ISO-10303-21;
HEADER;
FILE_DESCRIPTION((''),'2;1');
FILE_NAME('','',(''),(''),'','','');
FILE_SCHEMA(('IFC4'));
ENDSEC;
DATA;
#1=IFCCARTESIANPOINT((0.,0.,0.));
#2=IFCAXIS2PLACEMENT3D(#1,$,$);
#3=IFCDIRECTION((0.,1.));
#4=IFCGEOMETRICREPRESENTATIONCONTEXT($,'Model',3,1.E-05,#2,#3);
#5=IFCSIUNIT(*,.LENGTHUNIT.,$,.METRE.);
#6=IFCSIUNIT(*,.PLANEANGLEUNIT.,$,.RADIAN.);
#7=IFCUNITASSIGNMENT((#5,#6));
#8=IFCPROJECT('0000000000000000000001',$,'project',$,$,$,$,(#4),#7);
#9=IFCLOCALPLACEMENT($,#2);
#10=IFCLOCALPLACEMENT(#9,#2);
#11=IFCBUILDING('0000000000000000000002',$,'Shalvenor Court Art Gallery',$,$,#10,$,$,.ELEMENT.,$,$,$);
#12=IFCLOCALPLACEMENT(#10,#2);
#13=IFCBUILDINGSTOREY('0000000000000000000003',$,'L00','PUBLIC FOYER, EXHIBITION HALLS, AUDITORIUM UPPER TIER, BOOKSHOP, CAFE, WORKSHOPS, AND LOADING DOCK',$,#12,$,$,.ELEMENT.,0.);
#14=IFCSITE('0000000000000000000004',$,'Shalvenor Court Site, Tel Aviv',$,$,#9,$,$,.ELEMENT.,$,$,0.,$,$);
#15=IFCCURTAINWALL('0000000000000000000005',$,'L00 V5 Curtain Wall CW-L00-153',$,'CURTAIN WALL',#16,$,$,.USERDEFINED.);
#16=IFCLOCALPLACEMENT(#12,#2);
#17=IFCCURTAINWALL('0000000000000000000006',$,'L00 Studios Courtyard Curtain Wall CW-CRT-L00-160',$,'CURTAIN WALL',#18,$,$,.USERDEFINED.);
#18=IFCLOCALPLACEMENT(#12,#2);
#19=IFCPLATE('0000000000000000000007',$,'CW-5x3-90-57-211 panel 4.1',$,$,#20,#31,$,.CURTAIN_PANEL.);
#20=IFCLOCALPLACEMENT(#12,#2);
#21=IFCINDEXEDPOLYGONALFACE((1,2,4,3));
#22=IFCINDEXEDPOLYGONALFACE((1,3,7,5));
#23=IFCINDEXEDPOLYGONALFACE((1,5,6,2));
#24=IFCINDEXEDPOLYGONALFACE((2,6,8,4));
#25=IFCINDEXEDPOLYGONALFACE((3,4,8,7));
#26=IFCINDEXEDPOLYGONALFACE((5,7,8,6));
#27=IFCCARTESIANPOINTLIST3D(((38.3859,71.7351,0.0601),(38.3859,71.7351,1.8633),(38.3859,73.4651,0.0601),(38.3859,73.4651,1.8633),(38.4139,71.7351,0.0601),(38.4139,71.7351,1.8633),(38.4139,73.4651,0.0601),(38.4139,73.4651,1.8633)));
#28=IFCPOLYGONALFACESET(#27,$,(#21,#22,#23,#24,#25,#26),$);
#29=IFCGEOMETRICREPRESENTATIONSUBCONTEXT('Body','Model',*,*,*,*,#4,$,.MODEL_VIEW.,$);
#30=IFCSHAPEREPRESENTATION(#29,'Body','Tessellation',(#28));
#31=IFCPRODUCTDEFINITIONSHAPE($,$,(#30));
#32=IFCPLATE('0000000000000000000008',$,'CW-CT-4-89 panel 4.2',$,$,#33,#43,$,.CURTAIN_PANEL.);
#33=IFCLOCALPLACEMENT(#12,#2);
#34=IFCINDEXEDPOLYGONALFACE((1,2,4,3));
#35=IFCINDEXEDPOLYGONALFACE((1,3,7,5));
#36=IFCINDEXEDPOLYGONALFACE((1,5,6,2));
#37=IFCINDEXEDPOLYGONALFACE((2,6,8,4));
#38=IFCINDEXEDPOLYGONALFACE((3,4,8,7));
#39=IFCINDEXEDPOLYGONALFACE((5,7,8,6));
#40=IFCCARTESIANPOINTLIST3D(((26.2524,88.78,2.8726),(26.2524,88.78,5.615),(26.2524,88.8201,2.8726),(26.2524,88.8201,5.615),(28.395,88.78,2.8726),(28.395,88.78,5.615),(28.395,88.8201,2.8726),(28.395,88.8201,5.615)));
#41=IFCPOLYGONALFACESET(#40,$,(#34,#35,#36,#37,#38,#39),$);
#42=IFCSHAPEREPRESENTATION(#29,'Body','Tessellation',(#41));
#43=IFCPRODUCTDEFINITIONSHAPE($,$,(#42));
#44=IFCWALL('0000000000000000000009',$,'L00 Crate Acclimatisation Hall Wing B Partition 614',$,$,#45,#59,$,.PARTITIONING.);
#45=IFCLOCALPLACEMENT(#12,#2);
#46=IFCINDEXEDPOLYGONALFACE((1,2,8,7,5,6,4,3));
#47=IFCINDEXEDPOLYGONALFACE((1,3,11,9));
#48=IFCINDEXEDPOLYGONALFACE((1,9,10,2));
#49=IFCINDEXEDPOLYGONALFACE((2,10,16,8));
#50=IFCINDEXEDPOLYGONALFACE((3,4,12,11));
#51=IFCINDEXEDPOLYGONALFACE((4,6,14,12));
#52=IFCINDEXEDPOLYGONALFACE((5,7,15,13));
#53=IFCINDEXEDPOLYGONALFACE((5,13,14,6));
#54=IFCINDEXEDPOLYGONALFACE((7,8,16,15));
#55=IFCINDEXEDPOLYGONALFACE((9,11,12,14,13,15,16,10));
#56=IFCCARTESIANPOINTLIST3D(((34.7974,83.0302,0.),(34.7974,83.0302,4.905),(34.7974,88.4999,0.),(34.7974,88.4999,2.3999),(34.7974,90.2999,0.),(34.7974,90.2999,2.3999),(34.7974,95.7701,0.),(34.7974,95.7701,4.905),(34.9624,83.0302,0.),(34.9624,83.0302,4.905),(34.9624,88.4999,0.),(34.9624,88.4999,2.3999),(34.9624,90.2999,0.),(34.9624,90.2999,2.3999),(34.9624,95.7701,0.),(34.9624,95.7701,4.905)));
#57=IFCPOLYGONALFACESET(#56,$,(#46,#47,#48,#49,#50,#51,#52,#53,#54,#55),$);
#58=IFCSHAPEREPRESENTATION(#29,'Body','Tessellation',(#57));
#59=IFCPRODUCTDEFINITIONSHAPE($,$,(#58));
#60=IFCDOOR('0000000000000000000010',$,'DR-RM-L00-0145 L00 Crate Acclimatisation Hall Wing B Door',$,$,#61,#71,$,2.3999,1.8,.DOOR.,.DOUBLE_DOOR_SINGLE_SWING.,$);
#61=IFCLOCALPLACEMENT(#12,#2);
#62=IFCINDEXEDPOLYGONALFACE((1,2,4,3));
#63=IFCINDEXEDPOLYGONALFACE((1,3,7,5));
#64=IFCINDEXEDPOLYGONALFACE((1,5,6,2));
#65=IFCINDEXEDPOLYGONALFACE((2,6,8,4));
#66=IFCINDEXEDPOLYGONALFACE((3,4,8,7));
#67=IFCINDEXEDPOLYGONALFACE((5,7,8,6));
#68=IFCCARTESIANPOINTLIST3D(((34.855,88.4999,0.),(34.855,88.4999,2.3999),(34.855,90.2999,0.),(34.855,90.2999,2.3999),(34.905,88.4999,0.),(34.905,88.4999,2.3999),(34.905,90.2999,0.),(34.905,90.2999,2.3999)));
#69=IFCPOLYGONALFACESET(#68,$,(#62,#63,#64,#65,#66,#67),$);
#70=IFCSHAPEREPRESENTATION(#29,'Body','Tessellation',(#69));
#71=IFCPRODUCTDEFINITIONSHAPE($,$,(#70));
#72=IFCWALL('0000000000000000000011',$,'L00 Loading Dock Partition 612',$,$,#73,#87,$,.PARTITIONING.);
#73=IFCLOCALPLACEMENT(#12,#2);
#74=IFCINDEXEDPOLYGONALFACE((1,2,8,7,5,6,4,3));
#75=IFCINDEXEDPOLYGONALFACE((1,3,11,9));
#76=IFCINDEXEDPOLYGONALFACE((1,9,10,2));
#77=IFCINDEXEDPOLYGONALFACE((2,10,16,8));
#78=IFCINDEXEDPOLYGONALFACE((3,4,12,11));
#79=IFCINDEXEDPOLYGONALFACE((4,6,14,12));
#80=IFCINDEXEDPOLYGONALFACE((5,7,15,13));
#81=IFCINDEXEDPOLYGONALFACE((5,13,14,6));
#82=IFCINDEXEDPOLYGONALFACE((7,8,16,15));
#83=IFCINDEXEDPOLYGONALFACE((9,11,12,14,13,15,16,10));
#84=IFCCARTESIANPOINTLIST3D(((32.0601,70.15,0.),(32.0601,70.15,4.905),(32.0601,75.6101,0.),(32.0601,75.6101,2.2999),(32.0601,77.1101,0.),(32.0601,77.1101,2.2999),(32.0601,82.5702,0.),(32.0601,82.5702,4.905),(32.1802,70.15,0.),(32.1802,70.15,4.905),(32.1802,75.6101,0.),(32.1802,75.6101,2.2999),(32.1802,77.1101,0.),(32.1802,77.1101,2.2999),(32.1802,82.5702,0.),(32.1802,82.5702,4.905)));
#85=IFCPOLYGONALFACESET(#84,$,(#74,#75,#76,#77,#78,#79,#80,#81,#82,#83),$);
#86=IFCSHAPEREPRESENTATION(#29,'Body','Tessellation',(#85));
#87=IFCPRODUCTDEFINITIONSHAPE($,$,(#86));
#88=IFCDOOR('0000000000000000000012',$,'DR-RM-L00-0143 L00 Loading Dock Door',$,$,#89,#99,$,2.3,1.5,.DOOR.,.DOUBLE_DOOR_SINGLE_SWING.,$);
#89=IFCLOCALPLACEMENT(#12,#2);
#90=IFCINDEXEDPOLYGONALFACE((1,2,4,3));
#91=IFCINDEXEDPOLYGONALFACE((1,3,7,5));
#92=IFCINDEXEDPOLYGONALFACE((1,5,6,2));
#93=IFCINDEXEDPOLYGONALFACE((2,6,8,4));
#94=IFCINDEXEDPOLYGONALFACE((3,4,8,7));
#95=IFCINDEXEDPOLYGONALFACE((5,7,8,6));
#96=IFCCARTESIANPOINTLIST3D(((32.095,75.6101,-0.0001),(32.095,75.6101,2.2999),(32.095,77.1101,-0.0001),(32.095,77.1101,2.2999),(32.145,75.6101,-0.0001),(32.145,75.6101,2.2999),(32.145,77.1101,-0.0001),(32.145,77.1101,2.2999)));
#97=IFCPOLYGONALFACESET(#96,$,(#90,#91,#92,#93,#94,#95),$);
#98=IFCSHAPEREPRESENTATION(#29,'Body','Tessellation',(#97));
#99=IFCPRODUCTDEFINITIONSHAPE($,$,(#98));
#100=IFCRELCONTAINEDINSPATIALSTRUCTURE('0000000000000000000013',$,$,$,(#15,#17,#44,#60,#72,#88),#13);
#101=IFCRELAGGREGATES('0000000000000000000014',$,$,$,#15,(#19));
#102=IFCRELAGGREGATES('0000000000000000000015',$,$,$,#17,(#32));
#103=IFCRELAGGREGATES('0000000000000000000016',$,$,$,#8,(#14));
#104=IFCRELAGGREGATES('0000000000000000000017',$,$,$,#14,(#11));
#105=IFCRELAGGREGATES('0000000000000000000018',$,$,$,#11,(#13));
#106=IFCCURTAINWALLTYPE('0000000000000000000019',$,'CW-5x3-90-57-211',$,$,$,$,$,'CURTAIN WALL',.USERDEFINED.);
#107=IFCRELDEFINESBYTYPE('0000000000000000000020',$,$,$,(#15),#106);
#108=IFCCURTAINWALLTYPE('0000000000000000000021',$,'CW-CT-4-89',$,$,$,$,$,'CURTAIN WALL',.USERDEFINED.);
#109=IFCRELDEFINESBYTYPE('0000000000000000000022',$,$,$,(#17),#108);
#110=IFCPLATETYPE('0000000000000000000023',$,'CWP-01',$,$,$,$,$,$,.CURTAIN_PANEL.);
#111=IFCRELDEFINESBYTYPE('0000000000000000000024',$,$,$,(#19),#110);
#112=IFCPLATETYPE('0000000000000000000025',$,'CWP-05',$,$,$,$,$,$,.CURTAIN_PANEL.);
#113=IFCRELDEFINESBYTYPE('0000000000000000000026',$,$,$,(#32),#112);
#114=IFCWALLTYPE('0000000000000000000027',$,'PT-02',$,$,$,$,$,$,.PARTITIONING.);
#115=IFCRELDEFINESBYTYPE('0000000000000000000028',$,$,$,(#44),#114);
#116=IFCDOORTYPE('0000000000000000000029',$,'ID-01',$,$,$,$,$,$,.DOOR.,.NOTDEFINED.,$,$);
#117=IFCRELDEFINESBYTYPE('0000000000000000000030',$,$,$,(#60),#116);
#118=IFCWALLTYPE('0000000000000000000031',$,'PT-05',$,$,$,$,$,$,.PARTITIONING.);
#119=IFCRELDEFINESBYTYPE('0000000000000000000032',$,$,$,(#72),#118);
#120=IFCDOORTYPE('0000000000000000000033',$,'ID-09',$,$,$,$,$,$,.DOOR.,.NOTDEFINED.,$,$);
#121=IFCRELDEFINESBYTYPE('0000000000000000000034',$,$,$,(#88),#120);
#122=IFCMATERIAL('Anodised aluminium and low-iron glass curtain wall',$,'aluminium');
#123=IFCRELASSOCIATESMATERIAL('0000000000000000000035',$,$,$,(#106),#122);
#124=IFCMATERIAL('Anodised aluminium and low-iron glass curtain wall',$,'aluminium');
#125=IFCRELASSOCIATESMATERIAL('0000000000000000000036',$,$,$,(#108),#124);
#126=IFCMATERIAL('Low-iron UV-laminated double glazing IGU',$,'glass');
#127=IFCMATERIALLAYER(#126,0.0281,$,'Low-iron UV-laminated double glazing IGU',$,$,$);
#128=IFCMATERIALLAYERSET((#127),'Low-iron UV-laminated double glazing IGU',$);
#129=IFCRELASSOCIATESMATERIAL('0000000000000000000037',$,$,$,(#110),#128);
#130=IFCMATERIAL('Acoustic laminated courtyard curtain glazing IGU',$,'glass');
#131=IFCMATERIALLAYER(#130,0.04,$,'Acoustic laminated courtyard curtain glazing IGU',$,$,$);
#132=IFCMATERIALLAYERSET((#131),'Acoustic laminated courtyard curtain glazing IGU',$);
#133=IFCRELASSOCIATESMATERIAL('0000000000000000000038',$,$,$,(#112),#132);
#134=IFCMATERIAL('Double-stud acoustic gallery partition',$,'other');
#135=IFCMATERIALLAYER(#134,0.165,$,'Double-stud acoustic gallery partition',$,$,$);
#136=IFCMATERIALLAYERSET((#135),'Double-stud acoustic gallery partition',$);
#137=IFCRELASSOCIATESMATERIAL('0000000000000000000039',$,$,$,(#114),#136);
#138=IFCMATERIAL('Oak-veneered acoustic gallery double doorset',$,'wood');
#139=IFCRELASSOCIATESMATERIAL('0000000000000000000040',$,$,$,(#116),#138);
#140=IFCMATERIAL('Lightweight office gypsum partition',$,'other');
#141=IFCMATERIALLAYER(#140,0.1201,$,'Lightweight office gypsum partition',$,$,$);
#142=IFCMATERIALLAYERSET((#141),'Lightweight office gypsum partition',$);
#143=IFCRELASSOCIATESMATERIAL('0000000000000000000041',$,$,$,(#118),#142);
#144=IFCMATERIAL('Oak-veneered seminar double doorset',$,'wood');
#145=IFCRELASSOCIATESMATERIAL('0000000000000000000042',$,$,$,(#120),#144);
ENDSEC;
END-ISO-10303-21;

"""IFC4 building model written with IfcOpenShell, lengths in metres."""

from ifc_helpers import new_model, si_unit, direction, frame, frame_2d, origin, origin_2d, place, context, subcontext, project, spatial, rectangle, extrude, material, layer, layer_set, type_object, element, fill, aggregate, save


model = new_model("IFC4")

# Units and contexts
model_context = context("Model", 3, precision=1e-05, world=origin(), true_north=direction((0.0, 1.0)))
body_context = subcontext(model_context, "Body", "Model", "MODEL_VIEW")
ifc_project = project(units=[si_unit("LENGTHUNIT", "METRE"), si_unit("PLANEANGLEUNIT", "RADIAN")], contexts=[model_context])

# Site, building, storey
site_placement = place(None, origin())
site = spatial("IfcSite", under=ifc_project, at=site_placement, Name="Shalvenor Court Site, Tel Aviv", CompositionType="ELEMENT", RefElevation=0.0)
building_placement = place(site_placement, origin())
building = spatial("IfcBuilding", under=site, at=building_placement, Name="Shalvenor Court Art Gallery", CompositionType="ELEMENT")
storey_placement = place(building_placement, origin())
storey = spatial("IfcBuildingStorey", under=building, at=storey_placement, Name="L00", Description="PUBLIC FOYER, EXHIBITION HALLS, AUDITORIUM UPPER TIER, BOOKSHOP, CAFE, WORKSHOPS, AND LOADING DOCK", CompositionType="ELEMENT", Elevation=0.0)

# Curtain walls
ifc_material_1 = material(Name="Anodised aluminium and low-iron glass curtain wall", Category="aluminium")
curtain_wall_type_1 = type_object("IfcCurtainWallType", Name="CW-5x3-90-57-211", ElementType="CURTAIN WALL", PredefinedType="USERDEFINED", material=ifc_material_1)
curtain_wall_1_placement = place(storey_placement, origin())
curtain_wall_1 = element("IfcCurtainWall", 1, at=curtain_wall_1_placement, inside=storey, type_object=curtain_wall_type_1, Name="L00 V5 Curtain Wall CW-L00-153", ObjectType="CURTAIN WALL", PredefinedType="USERDEFINED")
ifc_material_2 = material(Name="Anodised aluminium and low-iron glass curtain wall", Category="aluminium")
curtain_wall_type_2 = type_object("IfcCurtainWallType", Name="CW-CT-4-89", ElementType="CURTAIN WALL", PredefinedType="USERDEFINED", material=ifc_material_2)
curtain_wall_2_placement = place(storey_placement, origin())
curtain_wall_2 = element("IfcCurtainWall", 2, at=curtain_wall_2_placement, inside=storey, type_object=curtain_wall_type_2, Name="L00 Studios Courtyard Curtain Wall CW-CRT-L00-160", ObjectType="CURTAIN WALL", PredefinedType="USERDEFINED")

# Plates
ifc_material_3 = material(Name="Low-iron UV-laminated double glazing IGU", Category="glass")
ifc_layer_1 = layer(ifc_material_3, 0.0281, Name="Low-iron UV-laminated double glazing IGU")
ifc_layer_set_1 = layer_set([ifc_layer_1], Name="Low-iron UV-laminated double glazing IGU")
plate_type_1 = type_object("IfcPlateType", Name="CWP-01", PredefinedType="CURTAIN_PANEL", material=ifc_layer_set_1)
plate_1_placement = place(storey_placement, frame((38.3999, 72.6001, 0.0601), z_axis=(0.0, 0.0, 1.0), x_axis=(0.0, -1.0, 0.0)))
plate_1 = element("IfcPlate", 3, at=plate_1_placement, type_object=plate_type_1, Name="CW-5x3-90-57-211 panel 4.1", PredefinedType="CURTAIN_PANEL", context=body_context, shape_type="SweptSolid", body=[
    extrude(rectangle(XDim=1.73, YDim=0.0281, at=origin_2d()), origin(), (0.0, 0.0, 1.0), 1.8032),
])
aggregate(curtain_wall_1, [plate_1])
ifc_material_4 = material(Name="Acoustic laminated courtyard curtain glazing IGU", Category="glass")
ifc_layer_2 = layer(ifc_material_4, 0.04, Name="Acoustic laminated courtyard curtain glazing IGU")
ifc_layer_set_2 = layer_set([ifc_layer_2], Name="Acoustic laminated courtyard curtain glazing IGU")
plate_type_2 = type_object("IfcPlateType", Name="CWP-05", PredefinedType="CURTAIN_PANEL", material=ifc_layer_set_2)
plate_2_placement = place(storey_placement, frame((27.3237, 88.8, 2.8726), z_axis=(0.0, 0.0, 1.0), x_axis=(1.0, 0.0, 0.0)))
plate_2 = element("IfcPlate", 4, at=plate_2_placement, type_object=plate_type_2, Name="CW-CT-4-89 panel 4.2", PredefinedType="CURTAIN_PANEL", context=body_context, shape_type="SweptSolid", body=[
    extrude(rectangle(XDim=2.1426, YDim=0.04, at=origin_2d()), origin(), (0.0, 0.0, 1.0), 2.7424),
])
aggregate(curtain_wall_2, [plate_2])

# Walls, openings, doors
ifc_material_5 = material(Name="Double-stud acoustic gallery partition", Category="other")
ifc_layer_3 = layer(ifc_material_5, 0.165, Name="Double-stud acoustic gallery partition")
ifc_layer_set_3 = layer_set([ifc_layer_3], Name="Double-stud acoustic gallery partition")
wall_type_1 = type_object("IfcWallType", Name="PT-02", PredefinedType="PARTITIONING", material=ifc_layer_set_3)
wall_1_placement = place(storey_placement, frame((34.8799, 83.03, 0.0), z_axis=(0.0, 0.0, 1.0), x_axis=(0.0, 1.0, 0.0)))
wall_1 = element("IfcWall", 5, at=wall_1_placement, inside=storey, type_object=wall_type_1, Name="L00 Crate Acclimatisation Hall Wing B Partition 614", PredefinedType="PARTITIONING", context=body_context, shape_type="SweptSolid", body=[
    extrude(rectangle(XDim=12.74, YDim=0.165, at=frame_2d((6.3701, 0.0))), origin(), (0.0, 0.0, 1.0), 4.905),
])
opening_1_placement = place(wall_1_placement, frame((5.47, 0.0, 0.0)))
opening_1 = element("IfcOpeningElement", 6, at=opening_1_placement, cuts=wall_1, PredefinedType="OPENING", context=body_context, shape_type="SweptSolid", body=[
    extrude(rectangle(XDim=1.8, YDim=2.3999, at=frame_2d((0.8999, 1.2))), frame((0.0, 0.0925, 0.0), z_axis=(0.0, -1.0, 0.0), x_axis=(1.0, 0.0, 0.0)), (0.0, 0.0, 1.0), 0.1851),
])
ifc_material_6 = material(Name="Oak-veneered acoustic gallery double doorset", Category="wood")
door_type_1 = type_object("IfcDoorType", Name="ID-01", OperationType="NOTDEFINED", PredefinedType="DOOR", material=ifc_material_6)
door_1_placement = place(opening_1_placement, origin())
door_1 = element("IfcDoor", 7, at=door_1_placement, inside=storey, type_object=door_type_1, Name="DR-RM-L00-0145 L00 Crate Acclimatisation Hall Wing B Door", OperationType="DOUBLE_DOOR_SINGLE_SWING", OverallHeight=2.3999, OverallWidth=1.8, PredefinedType="DOOR", context=body_context, shape_type="SweptSolid", body=[
    extrude(rectangle(XDim=1.8, YDim=2.3999, at=frame_2d((0.8999, 1.2))), frame((0.0, 0.0249, 0.0), z_axis=(0.0, -1.0, 0.0), x_axis=(1.0, 0.0, 0.0)), (0.0, 0.0, 1.0), 0.05),
])
fill(opening_1, door_1)
ifc_material_7 = material(Name="Lightweight office gypsum partition", Category="other")
ifc_layer_4 = layer(ifc_material_7, 0.1201, Name="Lightweight office gypsum partition")
ifc_layer_set_4 = layer_set([ifc_layer_4], Name="Lightweight office gypsum partition")
wall_type_2 = type_object("IfcWallType", Name="PT-05", PredefinedType="PARTITIONING", material=ifc_layer_set_4)
wall_2_placement = place(storey_placement, frame((32.1201, 82.5701, 0.0), z_axis=(0.0, 0.0, 1.0), x_axis=(0.0, -1.0, 0.0)))
wall_2 = element("IfcWall", 8, at=wall_2_placement, inside=storey, type_object=wall_type_2, Name="L00 Loading Dock Partition 612", PredefinedType="PARTITIONING", context=body_context, shape_type="SweptSolid", body=[
    extrude(rectangle(XDim=12.4202, YDim=0.1201, at=frame_2d((6.21, 0.0))), origin(), (0.0, 0.0, 1.0), 4.905),
])
opening_2_placement = place(wall_2_placement, frame((5.46, 0.0, 0.0)))
opening_2 = element("IfcOpeningElement", 9, at=opening_2_placement, cuts=wall_2, PredefinedType="OPENING", context=body_context, shape_type="SweptSolid", body=[
    extrude(rectangle(XDim=1.5, YDim=2.3, at=frame_2d((0.75, 1.1499))), frame((0.0, 0.0701, 0.0), z_axis=(0.0, -1.0, 0.0), x_axis=(1.0, 0.0, 0.0)), (0.0, 0.0, 1.0), 0.1401),
])
ifc_material_8 = material(Name="Oak-veneered seminar double doorset", Category="wood")
door_type_2 = type_object("IfcDoorType", Name="ID-09", OperationType="NOTDEFINED", PredefinedType="DOOR", material=ifc_material_8)
door_2_placement = place(opening_2_placement, origin())
door_2 = element("IfcDoor", 10, at=door_2_placement, inside=storey, type_object=door_type_2, Name="DR-RM-L00-0143 L00 Loading Dock Door", OperationType="DOUBLE_DOOR_SINGLE_SWING", OverallHeight=2.3, OverallWidth=1.5, PredefinedType="DOOR", context=body_context, shape_type="SweptSolid", body=[
    extrude(rectangle(XDim=1.5, YDim=2.3, at=frame_2d((0.75, 1.1499))), frame((0.0, 0.0249, 0.0), z_axis=(0.0, -1.0, 0.0), x_axis=(1.0, 0.0, 0.0)), (0.0, 0.0, 1.0), 0.05),
])
fill(opening_2, door_2)

save(model, "model.ifc")
